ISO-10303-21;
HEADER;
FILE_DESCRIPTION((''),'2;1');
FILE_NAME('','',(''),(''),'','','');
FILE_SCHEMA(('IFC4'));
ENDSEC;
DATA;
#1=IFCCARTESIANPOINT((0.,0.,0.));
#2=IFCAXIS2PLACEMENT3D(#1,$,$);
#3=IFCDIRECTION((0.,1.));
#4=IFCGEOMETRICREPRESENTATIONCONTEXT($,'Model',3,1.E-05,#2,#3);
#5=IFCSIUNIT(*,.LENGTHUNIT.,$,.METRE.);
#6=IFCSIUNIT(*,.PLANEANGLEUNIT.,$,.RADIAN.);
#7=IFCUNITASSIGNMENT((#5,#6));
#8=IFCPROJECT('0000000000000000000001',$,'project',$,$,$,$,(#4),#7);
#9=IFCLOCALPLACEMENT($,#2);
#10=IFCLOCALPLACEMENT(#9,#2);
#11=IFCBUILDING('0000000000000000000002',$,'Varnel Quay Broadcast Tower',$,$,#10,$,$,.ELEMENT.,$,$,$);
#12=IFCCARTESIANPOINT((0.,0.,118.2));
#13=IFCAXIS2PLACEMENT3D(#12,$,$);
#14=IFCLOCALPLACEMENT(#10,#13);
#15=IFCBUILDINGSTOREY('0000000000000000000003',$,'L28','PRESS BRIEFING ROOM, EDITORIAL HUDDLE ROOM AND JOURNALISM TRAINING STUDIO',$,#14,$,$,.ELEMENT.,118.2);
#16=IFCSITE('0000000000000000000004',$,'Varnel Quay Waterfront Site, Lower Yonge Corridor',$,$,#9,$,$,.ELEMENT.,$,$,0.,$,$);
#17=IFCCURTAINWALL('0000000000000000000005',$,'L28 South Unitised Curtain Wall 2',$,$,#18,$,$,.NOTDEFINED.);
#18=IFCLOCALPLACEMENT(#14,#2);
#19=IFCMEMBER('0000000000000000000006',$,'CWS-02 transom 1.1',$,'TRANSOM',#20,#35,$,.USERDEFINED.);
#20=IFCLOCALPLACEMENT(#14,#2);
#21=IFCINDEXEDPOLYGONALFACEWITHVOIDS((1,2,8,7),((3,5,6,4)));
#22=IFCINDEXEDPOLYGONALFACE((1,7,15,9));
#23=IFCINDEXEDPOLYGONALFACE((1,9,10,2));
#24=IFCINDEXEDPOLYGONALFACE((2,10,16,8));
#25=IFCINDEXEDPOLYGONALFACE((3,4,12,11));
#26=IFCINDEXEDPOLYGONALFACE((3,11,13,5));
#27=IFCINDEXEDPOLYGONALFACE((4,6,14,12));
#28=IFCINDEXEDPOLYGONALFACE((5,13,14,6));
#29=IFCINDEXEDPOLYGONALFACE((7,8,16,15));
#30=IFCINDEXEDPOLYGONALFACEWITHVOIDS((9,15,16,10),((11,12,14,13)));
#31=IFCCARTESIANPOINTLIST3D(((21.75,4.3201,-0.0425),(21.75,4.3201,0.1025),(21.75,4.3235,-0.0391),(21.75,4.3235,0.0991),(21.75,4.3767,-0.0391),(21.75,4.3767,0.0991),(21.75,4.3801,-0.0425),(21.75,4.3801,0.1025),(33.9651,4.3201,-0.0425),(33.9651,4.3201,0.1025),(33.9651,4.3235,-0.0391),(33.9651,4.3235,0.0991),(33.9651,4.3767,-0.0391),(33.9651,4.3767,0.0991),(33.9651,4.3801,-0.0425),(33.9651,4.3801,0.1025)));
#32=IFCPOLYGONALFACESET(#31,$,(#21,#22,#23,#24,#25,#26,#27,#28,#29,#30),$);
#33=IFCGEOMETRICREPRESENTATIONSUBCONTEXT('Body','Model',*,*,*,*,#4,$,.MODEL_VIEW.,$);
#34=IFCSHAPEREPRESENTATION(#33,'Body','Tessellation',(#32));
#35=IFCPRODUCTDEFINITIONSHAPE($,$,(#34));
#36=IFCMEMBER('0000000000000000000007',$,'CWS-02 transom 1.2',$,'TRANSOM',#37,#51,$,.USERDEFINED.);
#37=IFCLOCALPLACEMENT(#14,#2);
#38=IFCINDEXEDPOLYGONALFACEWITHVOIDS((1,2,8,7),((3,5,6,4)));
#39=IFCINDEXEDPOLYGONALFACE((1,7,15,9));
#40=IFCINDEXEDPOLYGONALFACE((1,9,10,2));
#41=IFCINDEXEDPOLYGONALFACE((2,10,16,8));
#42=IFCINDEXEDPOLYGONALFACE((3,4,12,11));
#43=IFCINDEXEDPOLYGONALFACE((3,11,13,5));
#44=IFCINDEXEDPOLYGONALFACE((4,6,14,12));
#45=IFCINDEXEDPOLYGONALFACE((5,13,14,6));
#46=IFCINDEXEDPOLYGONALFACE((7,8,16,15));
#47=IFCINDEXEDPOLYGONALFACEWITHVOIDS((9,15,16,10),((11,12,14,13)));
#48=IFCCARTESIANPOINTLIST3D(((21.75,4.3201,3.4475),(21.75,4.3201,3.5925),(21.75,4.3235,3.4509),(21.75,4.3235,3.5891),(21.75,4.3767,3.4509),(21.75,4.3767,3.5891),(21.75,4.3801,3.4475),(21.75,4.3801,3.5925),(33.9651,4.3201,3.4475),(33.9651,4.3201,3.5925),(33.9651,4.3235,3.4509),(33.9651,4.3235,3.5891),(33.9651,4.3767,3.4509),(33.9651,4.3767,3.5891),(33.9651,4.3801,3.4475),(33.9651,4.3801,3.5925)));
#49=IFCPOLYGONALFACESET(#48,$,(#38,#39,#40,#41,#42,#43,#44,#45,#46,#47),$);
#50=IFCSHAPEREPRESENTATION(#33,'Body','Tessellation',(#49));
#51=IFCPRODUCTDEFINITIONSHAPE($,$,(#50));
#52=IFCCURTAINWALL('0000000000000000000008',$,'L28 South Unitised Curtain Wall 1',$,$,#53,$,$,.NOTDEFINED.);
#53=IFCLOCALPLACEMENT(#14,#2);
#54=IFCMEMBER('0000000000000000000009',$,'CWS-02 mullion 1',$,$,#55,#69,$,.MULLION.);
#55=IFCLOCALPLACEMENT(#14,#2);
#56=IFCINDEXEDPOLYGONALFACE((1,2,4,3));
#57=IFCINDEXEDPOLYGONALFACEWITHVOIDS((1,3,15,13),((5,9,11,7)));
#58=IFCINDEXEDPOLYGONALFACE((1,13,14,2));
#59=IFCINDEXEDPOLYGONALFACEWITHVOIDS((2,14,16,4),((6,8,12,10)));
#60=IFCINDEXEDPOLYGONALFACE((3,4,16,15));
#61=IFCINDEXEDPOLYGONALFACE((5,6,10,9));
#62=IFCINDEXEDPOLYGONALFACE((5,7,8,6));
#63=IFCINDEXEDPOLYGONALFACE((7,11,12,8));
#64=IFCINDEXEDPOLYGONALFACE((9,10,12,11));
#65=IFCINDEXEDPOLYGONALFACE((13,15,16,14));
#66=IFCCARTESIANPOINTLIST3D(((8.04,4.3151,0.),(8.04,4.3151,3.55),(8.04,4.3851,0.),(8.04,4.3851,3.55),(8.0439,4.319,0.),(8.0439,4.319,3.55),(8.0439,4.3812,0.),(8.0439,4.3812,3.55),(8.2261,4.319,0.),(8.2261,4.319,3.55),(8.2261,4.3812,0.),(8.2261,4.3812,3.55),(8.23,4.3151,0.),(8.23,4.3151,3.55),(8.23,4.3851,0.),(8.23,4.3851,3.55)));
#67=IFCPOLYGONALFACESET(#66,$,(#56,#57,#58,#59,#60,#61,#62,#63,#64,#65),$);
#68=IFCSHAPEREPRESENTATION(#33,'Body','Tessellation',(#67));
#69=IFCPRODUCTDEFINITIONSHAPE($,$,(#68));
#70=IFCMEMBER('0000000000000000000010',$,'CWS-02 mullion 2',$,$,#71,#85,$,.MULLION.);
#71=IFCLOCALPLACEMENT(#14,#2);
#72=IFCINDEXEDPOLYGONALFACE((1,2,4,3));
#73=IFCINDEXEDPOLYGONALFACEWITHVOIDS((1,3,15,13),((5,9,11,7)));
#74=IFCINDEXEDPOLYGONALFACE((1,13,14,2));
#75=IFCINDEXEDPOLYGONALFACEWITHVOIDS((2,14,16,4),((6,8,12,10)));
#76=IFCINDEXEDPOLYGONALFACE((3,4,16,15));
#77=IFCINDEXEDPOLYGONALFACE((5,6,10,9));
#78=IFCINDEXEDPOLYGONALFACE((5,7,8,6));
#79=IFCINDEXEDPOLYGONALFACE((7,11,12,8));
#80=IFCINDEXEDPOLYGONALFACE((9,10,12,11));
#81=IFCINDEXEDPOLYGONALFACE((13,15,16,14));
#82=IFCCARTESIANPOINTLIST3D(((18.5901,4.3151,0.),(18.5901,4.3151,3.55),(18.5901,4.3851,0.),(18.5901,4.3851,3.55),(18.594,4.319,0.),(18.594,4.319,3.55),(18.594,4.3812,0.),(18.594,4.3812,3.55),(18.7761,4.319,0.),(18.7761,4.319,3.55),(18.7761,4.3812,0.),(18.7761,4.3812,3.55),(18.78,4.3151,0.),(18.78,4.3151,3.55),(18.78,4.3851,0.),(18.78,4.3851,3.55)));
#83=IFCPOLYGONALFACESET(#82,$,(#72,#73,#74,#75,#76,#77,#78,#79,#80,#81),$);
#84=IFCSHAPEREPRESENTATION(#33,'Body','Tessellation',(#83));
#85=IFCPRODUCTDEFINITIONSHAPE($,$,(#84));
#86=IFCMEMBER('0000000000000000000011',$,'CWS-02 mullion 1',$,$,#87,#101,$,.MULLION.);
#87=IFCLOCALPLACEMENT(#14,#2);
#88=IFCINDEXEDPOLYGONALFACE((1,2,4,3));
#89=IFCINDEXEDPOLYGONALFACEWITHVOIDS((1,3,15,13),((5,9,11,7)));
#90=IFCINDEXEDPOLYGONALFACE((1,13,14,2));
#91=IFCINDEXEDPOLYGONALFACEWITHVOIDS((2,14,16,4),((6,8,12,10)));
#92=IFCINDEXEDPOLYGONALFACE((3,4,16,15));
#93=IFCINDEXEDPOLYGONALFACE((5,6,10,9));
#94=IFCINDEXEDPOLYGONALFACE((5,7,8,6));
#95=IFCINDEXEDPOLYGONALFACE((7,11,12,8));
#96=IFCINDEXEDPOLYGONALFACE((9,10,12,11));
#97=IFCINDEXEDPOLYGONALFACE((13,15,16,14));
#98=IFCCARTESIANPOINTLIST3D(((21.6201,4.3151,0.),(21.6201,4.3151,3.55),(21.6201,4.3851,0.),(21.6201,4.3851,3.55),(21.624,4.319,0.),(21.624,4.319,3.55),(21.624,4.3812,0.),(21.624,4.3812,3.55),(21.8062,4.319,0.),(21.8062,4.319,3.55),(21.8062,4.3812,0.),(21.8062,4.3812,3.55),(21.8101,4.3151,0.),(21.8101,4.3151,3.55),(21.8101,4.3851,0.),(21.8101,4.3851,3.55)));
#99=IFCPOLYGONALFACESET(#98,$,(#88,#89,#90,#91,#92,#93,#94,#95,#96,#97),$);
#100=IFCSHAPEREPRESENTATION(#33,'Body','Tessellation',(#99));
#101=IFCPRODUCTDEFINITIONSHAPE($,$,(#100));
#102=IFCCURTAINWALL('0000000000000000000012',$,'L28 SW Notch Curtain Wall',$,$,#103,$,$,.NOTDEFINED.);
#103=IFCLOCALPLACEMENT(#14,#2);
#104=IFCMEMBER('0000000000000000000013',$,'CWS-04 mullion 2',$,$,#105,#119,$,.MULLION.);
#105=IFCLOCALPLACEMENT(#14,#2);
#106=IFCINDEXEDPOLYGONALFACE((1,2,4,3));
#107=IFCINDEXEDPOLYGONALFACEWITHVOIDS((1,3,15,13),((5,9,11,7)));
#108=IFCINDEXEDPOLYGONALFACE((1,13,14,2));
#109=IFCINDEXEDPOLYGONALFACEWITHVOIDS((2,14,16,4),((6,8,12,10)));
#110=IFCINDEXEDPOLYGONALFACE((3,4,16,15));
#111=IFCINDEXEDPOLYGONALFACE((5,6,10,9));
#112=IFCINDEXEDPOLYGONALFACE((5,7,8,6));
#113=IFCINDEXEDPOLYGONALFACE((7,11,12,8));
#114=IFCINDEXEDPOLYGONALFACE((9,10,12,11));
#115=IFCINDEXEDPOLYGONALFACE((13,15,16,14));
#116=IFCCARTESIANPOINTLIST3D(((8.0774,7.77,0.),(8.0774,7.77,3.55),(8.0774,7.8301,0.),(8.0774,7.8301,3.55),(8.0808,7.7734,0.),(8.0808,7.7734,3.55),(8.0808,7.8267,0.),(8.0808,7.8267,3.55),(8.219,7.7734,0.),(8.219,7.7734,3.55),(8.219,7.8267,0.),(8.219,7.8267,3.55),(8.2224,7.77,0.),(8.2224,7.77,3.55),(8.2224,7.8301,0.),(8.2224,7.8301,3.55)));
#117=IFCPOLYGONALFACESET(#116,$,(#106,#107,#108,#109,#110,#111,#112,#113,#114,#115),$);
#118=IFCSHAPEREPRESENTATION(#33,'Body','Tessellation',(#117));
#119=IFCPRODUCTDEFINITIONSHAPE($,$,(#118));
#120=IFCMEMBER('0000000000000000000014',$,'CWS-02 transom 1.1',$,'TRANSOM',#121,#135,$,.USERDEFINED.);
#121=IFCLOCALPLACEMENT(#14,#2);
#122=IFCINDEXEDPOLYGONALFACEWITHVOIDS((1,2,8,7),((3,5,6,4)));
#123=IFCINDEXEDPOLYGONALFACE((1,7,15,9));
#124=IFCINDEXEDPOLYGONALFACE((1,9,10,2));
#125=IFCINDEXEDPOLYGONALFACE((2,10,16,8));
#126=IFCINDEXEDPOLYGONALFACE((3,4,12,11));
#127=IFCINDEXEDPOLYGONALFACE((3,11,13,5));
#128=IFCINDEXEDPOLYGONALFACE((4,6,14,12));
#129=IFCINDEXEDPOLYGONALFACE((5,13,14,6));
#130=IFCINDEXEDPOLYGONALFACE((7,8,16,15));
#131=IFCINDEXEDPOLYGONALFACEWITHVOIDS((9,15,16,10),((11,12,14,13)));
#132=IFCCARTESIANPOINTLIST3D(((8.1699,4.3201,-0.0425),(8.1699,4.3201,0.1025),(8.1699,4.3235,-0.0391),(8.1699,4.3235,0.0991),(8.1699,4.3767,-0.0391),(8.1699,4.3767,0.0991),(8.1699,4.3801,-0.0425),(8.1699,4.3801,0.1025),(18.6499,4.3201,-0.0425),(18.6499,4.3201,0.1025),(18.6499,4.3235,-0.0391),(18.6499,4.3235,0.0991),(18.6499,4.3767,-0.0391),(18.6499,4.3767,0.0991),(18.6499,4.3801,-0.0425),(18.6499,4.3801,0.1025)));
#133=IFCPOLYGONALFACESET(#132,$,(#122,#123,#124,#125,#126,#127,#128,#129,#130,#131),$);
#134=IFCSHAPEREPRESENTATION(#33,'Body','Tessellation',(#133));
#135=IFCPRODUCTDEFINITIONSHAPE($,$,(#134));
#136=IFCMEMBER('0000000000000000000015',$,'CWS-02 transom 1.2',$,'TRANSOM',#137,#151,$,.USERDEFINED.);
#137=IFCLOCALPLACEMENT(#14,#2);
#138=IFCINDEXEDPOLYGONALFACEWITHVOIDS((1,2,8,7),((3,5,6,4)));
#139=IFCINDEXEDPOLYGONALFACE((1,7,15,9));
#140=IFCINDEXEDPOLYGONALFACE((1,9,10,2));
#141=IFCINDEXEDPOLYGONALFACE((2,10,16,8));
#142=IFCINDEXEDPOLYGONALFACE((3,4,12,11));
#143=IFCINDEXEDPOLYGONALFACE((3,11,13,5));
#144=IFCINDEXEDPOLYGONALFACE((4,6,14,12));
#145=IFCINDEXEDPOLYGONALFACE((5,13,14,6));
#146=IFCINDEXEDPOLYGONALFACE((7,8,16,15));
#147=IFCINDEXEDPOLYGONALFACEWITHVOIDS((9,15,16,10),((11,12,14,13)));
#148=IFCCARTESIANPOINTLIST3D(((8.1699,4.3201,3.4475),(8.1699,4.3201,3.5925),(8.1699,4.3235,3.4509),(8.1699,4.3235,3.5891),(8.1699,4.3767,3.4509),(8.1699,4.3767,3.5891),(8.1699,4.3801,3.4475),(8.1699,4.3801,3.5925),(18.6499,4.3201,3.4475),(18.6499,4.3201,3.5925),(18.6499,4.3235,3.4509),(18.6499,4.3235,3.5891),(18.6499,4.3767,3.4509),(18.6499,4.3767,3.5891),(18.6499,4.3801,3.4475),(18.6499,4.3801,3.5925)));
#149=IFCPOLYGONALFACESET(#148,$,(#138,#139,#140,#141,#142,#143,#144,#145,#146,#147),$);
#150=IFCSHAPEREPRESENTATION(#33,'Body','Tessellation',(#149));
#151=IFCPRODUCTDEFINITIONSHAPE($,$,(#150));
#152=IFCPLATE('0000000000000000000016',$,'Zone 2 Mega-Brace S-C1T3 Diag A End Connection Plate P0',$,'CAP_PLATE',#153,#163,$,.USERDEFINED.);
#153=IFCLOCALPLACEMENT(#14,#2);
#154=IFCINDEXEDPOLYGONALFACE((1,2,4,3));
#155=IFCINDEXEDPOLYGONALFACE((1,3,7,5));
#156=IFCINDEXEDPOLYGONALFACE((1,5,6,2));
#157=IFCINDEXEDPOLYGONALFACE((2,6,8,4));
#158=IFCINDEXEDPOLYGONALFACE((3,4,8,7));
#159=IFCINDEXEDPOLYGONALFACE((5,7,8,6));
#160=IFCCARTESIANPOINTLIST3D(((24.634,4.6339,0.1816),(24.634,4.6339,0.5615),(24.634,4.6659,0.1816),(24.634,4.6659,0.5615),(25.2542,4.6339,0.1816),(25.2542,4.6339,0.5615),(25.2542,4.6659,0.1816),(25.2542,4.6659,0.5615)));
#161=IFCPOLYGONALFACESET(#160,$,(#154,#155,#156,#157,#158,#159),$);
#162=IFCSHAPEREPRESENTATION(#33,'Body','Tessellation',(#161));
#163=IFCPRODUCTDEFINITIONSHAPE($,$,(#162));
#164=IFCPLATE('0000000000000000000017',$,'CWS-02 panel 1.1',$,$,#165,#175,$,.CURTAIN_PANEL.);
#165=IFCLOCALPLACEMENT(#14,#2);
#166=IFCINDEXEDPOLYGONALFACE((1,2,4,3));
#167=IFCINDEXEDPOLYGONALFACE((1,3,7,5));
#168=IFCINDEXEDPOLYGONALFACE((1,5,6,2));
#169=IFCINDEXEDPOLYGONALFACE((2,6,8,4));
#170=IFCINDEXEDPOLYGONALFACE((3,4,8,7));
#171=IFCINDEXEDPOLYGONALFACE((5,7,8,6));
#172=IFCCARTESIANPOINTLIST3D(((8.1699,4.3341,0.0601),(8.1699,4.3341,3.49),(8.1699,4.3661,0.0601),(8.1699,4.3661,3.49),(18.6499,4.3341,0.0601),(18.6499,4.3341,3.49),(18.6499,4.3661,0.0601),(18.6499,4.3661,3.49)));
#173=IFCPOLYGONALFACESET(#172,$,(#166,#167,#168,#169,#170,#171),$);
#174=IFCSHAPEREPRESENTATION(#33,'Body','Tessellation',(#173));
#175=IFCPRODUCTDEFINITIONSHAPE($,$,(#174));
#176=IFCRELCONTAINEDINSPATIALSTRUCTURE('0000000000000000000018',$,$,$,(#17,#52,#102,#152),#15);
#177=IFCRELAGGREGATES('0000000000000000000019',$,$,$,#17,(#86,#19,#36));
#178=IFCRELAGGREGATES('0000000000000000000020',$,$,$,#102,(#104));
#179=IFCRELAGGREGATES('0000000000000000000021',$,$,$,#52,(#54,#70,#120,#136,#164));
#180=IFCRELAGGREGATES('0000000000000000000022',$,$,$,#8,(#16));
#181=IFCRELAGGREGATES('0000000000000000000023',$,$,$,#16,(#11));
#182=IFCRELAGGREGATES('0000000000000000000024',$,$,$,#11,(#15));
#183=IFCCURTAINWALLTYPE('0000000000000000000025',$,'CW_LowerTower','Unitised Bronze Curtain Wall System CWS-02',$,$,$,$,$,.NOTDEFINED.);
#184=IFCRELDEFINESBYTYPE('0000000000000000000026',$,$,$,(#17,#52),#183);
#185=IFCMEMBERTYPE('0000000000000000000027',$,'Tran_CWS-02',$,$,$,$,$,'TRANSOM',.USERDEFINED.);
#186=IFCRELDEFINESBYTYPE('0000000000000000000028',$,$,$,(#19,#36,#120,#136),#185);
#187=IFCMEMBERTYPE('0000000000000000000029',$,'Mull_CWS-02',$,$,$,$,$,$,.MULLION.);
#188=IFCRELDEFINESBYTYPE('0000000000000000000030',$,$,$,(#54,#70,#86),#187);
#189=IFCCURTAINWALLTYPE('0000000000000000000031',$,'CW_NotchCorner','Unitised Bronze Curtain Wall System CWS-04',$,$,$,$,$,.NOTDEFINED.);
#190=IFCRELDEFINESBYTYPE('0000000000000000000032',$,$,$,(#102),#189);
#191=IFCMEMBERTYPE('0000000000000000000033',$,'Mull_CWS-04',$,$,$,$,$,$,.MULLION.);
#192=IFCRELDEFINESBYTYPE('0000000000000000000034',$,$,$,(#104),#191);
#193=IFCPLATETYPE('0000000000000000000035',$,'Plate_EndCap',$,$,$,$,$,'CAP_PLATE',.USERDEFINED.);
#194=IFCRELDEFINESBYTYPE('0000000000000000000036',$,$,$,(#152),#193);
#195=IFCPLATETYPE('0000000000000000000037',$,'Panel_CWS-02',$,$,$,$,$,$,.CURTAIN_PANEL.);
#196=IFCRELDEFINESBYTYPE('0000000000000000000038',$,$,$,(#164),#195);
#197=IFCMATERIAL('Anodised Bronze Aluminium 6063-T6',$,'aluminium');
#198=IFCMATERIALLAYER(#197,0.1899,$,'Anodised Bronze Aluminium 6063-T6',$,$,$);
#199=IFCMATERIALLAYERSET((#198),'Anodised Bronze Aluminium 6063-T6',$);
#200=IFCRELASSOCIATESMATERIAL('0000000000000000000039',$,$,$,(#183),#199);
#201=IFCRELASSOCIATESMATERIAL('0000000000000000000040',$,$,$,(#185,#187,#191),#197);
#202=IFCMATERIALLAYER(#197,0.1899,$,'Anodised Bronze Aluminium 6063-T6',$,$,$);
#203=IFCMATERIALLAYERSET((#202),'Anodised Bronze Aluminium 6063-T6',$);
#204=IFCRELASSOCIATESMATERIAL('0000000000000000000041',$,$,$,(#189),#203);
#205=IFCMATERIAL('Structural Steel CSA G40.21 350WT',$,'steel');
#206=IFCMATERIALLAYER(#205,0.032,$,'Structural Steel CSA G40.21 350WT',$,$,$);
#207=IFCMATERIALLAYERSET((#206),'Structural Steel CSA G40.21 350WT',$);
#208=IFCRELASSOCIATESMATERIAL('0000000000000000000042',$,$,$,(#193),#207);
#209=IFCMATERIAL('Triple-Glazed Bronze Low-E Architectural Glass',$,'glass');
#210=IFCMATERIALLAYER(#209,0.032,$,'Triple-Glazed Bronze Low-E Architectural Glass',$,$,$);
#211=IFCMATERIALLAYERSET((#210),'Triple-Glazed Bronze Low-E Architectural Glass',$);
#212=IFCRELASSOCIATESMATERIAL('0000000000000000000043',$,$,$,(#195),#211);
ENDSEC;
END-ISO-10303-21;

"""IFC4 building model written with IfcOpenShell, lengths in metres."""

from ifc_helpers import new_model, si_unit, direction, frame, origin, origin_2d, place, context, subcontext, project, spatial, rectangle, hollow_rectangle, extrude, source, transform, mapped, material, layer, layer_set, material_profile, profile_set, type_object, type_shapes, element, aggregate, save


model = new_model("IFC4")

# Units and contexts
model_context = context("Model", 3, precision=1e-05, world=origin(), true_north=direction((0.0, 1.0)))
body_context = subcontext(model_context, "Body", "Model", "MODEL_VIEW")
ifc_project = project(units=[si_unit("LENGTHUNIT", "METRE"), si_unit("PLANEANGLEUNIT", "RADIAN")], contexts=[model_context])

# Site, building, storey
site_placement = place(None, origin())
site = spatial("IfcSite", under=ifc_project, at=site_placement, Name="Varnel Quay Waterfront Site, Lower Yonge Corridor", CompositionType="ELEMENT", RefElevation=0.0)
building_placement = place(site_placement, origin())
building = spatial("IfcBuilding", under=site, at=building_placement, Name="Varnel Quay Broadcast Tower", CompositionType="ELEMENT")
storey_placement = place(building_placement, frame((0.0, 0.0, 118.2)))
storey = spatial("IfcBuildingStorey", under=building, at=storey_placement, Name="L28", Description="PRESS BRIEFING ROOM, EDITORIAL HUDDLE ROOM AND JOURNALISM TRAINING STUDIO", CompositionType="ELEMENT", Elevation=118.2)

# Shared definitions
ifc_material_1 = material(Name="Structural Steel CSA G40.21 350WT", Category="steel")

# Curtain walls, members
ifc_material_2 = material(Name="Anodised Bronze Aluminium 6063-T6", Category="aluminium")
ifc_layer_1 = layer(ifc_material_2, 0.1899, Name="Anodised Bronze Aluminium 6063-T6")
ifc_layer_set_1 = layer_set([ifc_layer_1], Name="Anodised Bronze Aluminium 6063-T6")
curtain_wall_type_1 = type_object("IfcCurtainWallType", Name="CW_LowerTower", Description="Unitised Bronze Curtain Wall System CWS-02", PredefinedType="NOTDEFINED", material=ifc_layer_set_1)
curtain_wall_1_placement = place(storey_placement, origin())
curtain_wall_1 = element("IfcCurtainWall", 1, at=curtain_wall_1_placement, inside=storey, type_object=curtain_wall_type_1, Name="L28 South Unitised Curtain Wall 2", PredefinedType="NOTDEFINED")
ifc_material_profile_1 = material_profile(ifc_material_2, hollow_rectangle(XDim=0.0601, YDim=0.145, WallThickness=0.0034, at=origin_2d()), Name="ALU60X145X3.5")
ifc_profile_set_1 = profile_set([ifc_material_profile_1], Name="Anodised Bronze Aluminium 6063-T6")
member_type_1 = type_object("IfcMemberType", Name="Tran_CWS-02", ElementType="TRANSOM", PredefinedType="USERDEFINED", material=ifc_profile_set_1)
shared_shape_1 = source(origin(), body_context, "Body", "SweptSolid", [
    extrude(hollow_rectangle(XDim=0.0601, YDim=0.145, WallThickness=0.0034, at=origin_2d()), origin(), (0.0, 0.0, 1.0), 12.2151),
])
member_1_placement = place(storey_placement, frame((21.75, 4.3501, 0.03), z_axis=(1.0, 0.0, 0.0), x_axis=(0.0, 1.0, 0.0)))
member_1 = element("IfcMember", 2, at=member_1_placement, type_object=member_type_1, Name="CWS-02 transom 1.1", ObjectType="TRANSOM", PredefinedType="USERDEFINED", context=body_context, shape_type="MappedRepresentation", body=[
    mapped(shared_shape_1, transform((0.0, 0.0, 0.0), x_axis=(1.0, 0.0, 0.0), y_axis=(0.0, 1.0, 0.0), z_axis=(0.0, 0.0, 1.0), scale=1.0)),
])
member_2_placement = place(storey_placement, frame((21.75, 4.3501, 3.52), z_axis=(1.0, 0.0, 0.0), x_axis=(0.0, 1.0, 0.0)))
member_2 = element("IfcMember", 3, at=member_2_placement, type_object=member_type_1, Name="CWS-02 transom 1.2", ObjectType="TRANSOM", PredefinedType="USERDEFINED", context=body_context, shape_type="MappedRepresentation", body=[
    mapped(shared_shape_1, transform((0.0, 0.0, 0.0), x_axis=(1.0, 0.0, 0.0), y_axis=(0.0, 1.0, 0.0), z_axis=(0.0, 0.0, 1.0), scale=1.0)),
])
curtain_wall_2_placement = place(storey_placement, origin())
curtain_wall_2 = element("IfcCurtainWall", 4, at=curtain_wall_2_placement, inside=storey, type_object=curtain_wall_type_1, Name="L28 South Unitised Curtain Wall 1", PredefinedType="NOTDEFINED")
ifc_material_profile_2 = material_profile(ifc_material_2, hollow_rectangle(XDim=0.0701, YDim=0.1899, WallThickness=0.0039, at=origin_2d()), Name="ALU70X190X4")
ifc_profile_set_2 = profile_set([ifc_material_profile_2], Name="Anodised Bronze Aluminium 6063-T6")
member_type_2 = type_object("IfcMemberType", Name="Mull_CWS-02", PredefinedType="MULLION", material=ifc_profile_set_2)
shared_shape_2 = source(origin(), body_context, "Body", "SweptSolid", [
    extrude(hollow_rectangle(XDim=0.0701, YDim=0.1899, WallThickness=0.0039, at=origin_2d()), origin(), (0.0, 0.0, 1.0), 3.55),
])
type_shapes(member_type_2, [shared_shape_2])
member_3_placement = place(storey_placement, frame((8.135, 4.3501, 0.0), z_axis=(0.0, 0.0, 1.0), x_axis=(0.0, 1.0, 0.0)))
member_3 = element("IfcMember", 5, at=member_3_placement, type_object=member_type_2, Name="CWS-02 mullion 1", PredefinedType="MULLION", context=body_context, shape_type="MappedRepresentation", body=[
    mapped(shared_shape_2, transform((0.0, 0.0, 0.0), x_axis=(1.0, 0.0, 0.0), y_axis=(0.0, 1.0, 0.0), z_axis=(0.0, 0.0, 1.0), scale=1.0)),
])
member_4_placement = place(storey_placement, frame((18.6851, 4.3501, 0.0), z_axis=(0.0, 0.0, 1.0), x_axis=(0.0, 1.0, 0.0)))
member_4 = element("IfcMember", 6, at=member_4_placement, type_object=member_type_2, Name="CWS-02 mullion 2", PredefinedType="MULLION", context=body_context, shape_type="MappedRepresentation", body=[
    mapped(shared_shape_2, transform((0.0, 0.0, 0.0), x_axis=(1.0, 0.0, 0.0), y_axis=(0.0, 1.0, 0.0), z_axis=(0.0, 0.0, 1.0), scale=1.0)),
])

# Member
member_5_placement = place(storey_placement, frame((21.7151, 4.3501, 0.0), z_axis=(0.0, 0.0, 1.0), x_axis=(0.0, 1.0, 0.0)))
member_5 = element("IfcMember", 7, at=member_5_placement, type_object=member_type_2, Name="CWS-02 mullion 1", PredefinedType="MULLION", context=body_context, shape_type="MappedRepresentation", body=[
    mapped(shared_shape_2, transform((0.0, 0.0, 0.0), x_axis=(1.0, 0.0, 0.0), y_axis=(0.0, 1.0, 0.0), z_axis=(0.0, 0.0, 1.0), scale=1.0)),
])
aggregate(curtain_wall_1, [member_5, member_1, member_2])

# Curtain wall, member
ifc_layer_2 = layer(ifc_material_2, 0.1899, Name="Anodised Bronze Aluminium 6063-T6")
ifc_layer_set_2 = layer_set([ifc_layer_2], Name="Anodised Bronze Aluminium 6063-T6")
curtain_wall_type_2 = type_object("IfcCurtainWallType", Name="CW_NotchCorner", Description="Unitised Bronze Curtain Wall System CWS-04", PredefinedType="NOTDEFINED", material=ifc_layer_set_2)
curtain_wall_3_placement = place(storey_placement, origin())
curtain_wall_3 = element("IfcCurtainWall", 8, at=curtain_wall_3_placement, inside=storey, type_object=curtain_wall_type_2, Name="L28 SW Notch Curtain Wall", PredefinedType="NOTDEFINED")
ifc_material_profile_3 = material_profile(ifc_material_2, hollow_rectangle(XDim=0.0601, YDim=0.145, WallThickness=0.0034, at=origin_2d()), Name="ALU60X145X3.5")
ifc_profile_set_3 = profile_set([ifc_material_profile_3], Name="Anodised Bronze Aluminium 6063-T6")
member_type_3 = type_object("IfcMemberType", Name="Mull_CWS-04", PredefinedType="MULLION", material=ifc_profile_set_3)
shared_shape_3 = source(origin(), body_context, "Body", "SweptSolid", [
    extrude(hollow_rectangle(XDim=0.0601, YDim=0.145, WallThickness=0.0034, at=origin_2d()), origin(), (0.0, 0.0, 1.0), 3.55),
])
type_shapes(member_type_3, [shared_shape_3])
member_6_placement = place(storey_placement, frame((8.1499, 7.8, 0.0), z_axis=(0.0, 0.0, 1.0), x_axis=(0.0, 1.0, 0.0)))
member_6 = element("IfcMember", 9, at=member_6_placement, type_object=member_type_3, Name="CWS-04 mullion 2", PredefinedType="MULLION", context=body_context, shape_type="MappedRepresentation", body=[
    mapped(shared_shape_3, transform((0.0, 0.0, 0.0), x_axis=(1.0, 0.0, 0.0), y_axis=(0.0, 1.0, 0.0), z_axis=(0.0, 0.0, 1.0), scale=1.0)),
])
aggregate(curtain_wall_3, [member_6])

# Members
shared_shape_4 = source(origin(), body_context, "Body", "SweptSolid", [
    extrude(hollow_rectangle(XDim=0.0601, YDim=0.145, WallThickness=0.0034, at=origin_2d()), origin(), (0.0, 0.0, 1.0), 10.48),
])
type_shapes(member_type_1, [shared_shape_1, shared_shape_4])
member_7_placement = place(storey_placement, frame((8.1699, 4.3501, 0.03), z_axis=(1.0, 0.0, 0.0), x_axis=(0.0, 1.0, 0.0)))
member_7 = element("IfcMember", 10, at=member_7_placement, type_object=member_type_1, Name="CWS-02 transom 1.1", ObjectType="TRANSOM", PredefinedType="USERDEFINED", context=body_context, shape_type="MappedRepresentation", body=[
    mapped(shared_shape_4, transform((0.0, 0.0, 0.0), x_axis=(1.0, 0.0, 0.0), y_axis=(0.0, 1.0, 0.0), z_axis=(0.0, 0.0, 1.0), scale=1.0)),
])
member_8_placement = place(storey_placement, frame((8.1699, 4.3501, 3.52), z_axis=(1.0, 0.0, 0.0), x_axis=(0.0, 1.0, 0.0)))
member_8 = element("IfcMember", 11, at=member_8_placement, type_object=member_type_1, Name="CWS-02 transom 1.2", ObjectType="TRANSOM", PredefinedType="USERDEFINED", context=body_context, shape_type="MappedRepresentation", body=[
    mapped(shared_shape_4, transform((0.0, 0.0, 0.0), x_axis=(1.0, 0.0, 0.0), y_axis=(0.0, 1.0, 0.0), z_axis=(0.0, 0.0, 1.0), scale=1.0)),
])

# Plates
ifc_layer_3 = layer(ifc_material_1, 0.032, Name="Structural Steel CSA G40.21 350WT")
ifc_layer_set_3 = layer_set([ifc_layer_3], Name="Structural Steel CSA G40.21 350WT")
plate_type_1 = type_object("IfcPlateType", Name="Plate_EndCap", ElementType="CAP_PLATE", PredefinedType="USERDEFINED", material=ifc_layer_set_3)
shared_shape_5 = source(origin(), body_context, "Body", "SweptSolid", [
    extrude(rectangle(XDim=0.6201, YDim=0.032, at=origin_2d()), origin(), (0.0, 0.0, 1.0), 0.3799),
])
type_shapes(plate_type_1, [shared_shape_5])
plate_1_placement = place(storey_placement, frame((24.9441, 4.6499, 0.1816), z_axis=(0.0, 0.0, 1.0), x_axis=(1.0, 0.0, 0.0)))
element("IfcPlate", 12, at=plate_1_placement, inside=storey, type_object=plate_type_1, Name="Zone 2 Mega-Brace S-C1T3 Diag A End Connection Plate P0", ObjectType="CAP_PLATE", PredefinedType="USERDEFINED", context=body_context, shape_type="MappedRepresentation", body=[
    mapped(shared_shape_5, transform((0.0, 0.0, 0.0), x_axis=(1.0, 0.0, 0.0), y_axis=(0.0, 1.0, 0.0), z_axis=(0.0, 0.0, 1.0), scale=1.0)),
])
ifc_material_3 = material(Name="Triple-Glazed Bronze Low-E Architectural Glass", Category="glass")
ifc_layer_4 = layer(ifc_material_3, 0.032, Name="Triple-Glazed Bronze Low-E Architectural Glass")
ifc_layer_set_4 = layer_set([ifc_layer_4], Name="Triple-Glazed Bronze Low-E Architectural Glass")
plate_type_2 = type_object("IfcPlateType", Name="Panel_CWS-02", PredefinedType="CURTAIN_PANEL", material=ifc_layer_set_4)
shared_shape_6 = source(origin(), body_context, "Body", "SweptSolid", [
    extrude(rectangle(XDim=10.48, YDim=0.032, at=origin_2d()), origin(), (0.0, 0.0, 1.0), 3.4299),
])
type_shapes(plate_type_2, [shared_shape_6])
plate_2_placement = place(storey_placement, frame((13.4099, 4.3501, 0.0601), z_axis=(0.0, 0.0, 1.0), x_axis=(1.0, 0.0, 0.0)))
plate_2 = element("IfcPlate", 13, at=plate_2_placement, type_object=plate_type_2, Name="CWS-02 panel 1.1", PredefinedType="CURTAIN_PANEL", context=body_context, shape_type="MappedRepresentation", body=[
    mapped(shared_shape_6, transform((0.0, 0.0, 0.0), x_axis=(1.0, 0.0, 0.0), y_axis=(0.0, 1.0, 0.0), z_axis=(0.0, 0.0, 1.0), scale=1.0)),
])
aggregate(curtain_wall_2, [member_3, member_4, member_7, member_8, plate_2])

save(model, "model.ifc")
